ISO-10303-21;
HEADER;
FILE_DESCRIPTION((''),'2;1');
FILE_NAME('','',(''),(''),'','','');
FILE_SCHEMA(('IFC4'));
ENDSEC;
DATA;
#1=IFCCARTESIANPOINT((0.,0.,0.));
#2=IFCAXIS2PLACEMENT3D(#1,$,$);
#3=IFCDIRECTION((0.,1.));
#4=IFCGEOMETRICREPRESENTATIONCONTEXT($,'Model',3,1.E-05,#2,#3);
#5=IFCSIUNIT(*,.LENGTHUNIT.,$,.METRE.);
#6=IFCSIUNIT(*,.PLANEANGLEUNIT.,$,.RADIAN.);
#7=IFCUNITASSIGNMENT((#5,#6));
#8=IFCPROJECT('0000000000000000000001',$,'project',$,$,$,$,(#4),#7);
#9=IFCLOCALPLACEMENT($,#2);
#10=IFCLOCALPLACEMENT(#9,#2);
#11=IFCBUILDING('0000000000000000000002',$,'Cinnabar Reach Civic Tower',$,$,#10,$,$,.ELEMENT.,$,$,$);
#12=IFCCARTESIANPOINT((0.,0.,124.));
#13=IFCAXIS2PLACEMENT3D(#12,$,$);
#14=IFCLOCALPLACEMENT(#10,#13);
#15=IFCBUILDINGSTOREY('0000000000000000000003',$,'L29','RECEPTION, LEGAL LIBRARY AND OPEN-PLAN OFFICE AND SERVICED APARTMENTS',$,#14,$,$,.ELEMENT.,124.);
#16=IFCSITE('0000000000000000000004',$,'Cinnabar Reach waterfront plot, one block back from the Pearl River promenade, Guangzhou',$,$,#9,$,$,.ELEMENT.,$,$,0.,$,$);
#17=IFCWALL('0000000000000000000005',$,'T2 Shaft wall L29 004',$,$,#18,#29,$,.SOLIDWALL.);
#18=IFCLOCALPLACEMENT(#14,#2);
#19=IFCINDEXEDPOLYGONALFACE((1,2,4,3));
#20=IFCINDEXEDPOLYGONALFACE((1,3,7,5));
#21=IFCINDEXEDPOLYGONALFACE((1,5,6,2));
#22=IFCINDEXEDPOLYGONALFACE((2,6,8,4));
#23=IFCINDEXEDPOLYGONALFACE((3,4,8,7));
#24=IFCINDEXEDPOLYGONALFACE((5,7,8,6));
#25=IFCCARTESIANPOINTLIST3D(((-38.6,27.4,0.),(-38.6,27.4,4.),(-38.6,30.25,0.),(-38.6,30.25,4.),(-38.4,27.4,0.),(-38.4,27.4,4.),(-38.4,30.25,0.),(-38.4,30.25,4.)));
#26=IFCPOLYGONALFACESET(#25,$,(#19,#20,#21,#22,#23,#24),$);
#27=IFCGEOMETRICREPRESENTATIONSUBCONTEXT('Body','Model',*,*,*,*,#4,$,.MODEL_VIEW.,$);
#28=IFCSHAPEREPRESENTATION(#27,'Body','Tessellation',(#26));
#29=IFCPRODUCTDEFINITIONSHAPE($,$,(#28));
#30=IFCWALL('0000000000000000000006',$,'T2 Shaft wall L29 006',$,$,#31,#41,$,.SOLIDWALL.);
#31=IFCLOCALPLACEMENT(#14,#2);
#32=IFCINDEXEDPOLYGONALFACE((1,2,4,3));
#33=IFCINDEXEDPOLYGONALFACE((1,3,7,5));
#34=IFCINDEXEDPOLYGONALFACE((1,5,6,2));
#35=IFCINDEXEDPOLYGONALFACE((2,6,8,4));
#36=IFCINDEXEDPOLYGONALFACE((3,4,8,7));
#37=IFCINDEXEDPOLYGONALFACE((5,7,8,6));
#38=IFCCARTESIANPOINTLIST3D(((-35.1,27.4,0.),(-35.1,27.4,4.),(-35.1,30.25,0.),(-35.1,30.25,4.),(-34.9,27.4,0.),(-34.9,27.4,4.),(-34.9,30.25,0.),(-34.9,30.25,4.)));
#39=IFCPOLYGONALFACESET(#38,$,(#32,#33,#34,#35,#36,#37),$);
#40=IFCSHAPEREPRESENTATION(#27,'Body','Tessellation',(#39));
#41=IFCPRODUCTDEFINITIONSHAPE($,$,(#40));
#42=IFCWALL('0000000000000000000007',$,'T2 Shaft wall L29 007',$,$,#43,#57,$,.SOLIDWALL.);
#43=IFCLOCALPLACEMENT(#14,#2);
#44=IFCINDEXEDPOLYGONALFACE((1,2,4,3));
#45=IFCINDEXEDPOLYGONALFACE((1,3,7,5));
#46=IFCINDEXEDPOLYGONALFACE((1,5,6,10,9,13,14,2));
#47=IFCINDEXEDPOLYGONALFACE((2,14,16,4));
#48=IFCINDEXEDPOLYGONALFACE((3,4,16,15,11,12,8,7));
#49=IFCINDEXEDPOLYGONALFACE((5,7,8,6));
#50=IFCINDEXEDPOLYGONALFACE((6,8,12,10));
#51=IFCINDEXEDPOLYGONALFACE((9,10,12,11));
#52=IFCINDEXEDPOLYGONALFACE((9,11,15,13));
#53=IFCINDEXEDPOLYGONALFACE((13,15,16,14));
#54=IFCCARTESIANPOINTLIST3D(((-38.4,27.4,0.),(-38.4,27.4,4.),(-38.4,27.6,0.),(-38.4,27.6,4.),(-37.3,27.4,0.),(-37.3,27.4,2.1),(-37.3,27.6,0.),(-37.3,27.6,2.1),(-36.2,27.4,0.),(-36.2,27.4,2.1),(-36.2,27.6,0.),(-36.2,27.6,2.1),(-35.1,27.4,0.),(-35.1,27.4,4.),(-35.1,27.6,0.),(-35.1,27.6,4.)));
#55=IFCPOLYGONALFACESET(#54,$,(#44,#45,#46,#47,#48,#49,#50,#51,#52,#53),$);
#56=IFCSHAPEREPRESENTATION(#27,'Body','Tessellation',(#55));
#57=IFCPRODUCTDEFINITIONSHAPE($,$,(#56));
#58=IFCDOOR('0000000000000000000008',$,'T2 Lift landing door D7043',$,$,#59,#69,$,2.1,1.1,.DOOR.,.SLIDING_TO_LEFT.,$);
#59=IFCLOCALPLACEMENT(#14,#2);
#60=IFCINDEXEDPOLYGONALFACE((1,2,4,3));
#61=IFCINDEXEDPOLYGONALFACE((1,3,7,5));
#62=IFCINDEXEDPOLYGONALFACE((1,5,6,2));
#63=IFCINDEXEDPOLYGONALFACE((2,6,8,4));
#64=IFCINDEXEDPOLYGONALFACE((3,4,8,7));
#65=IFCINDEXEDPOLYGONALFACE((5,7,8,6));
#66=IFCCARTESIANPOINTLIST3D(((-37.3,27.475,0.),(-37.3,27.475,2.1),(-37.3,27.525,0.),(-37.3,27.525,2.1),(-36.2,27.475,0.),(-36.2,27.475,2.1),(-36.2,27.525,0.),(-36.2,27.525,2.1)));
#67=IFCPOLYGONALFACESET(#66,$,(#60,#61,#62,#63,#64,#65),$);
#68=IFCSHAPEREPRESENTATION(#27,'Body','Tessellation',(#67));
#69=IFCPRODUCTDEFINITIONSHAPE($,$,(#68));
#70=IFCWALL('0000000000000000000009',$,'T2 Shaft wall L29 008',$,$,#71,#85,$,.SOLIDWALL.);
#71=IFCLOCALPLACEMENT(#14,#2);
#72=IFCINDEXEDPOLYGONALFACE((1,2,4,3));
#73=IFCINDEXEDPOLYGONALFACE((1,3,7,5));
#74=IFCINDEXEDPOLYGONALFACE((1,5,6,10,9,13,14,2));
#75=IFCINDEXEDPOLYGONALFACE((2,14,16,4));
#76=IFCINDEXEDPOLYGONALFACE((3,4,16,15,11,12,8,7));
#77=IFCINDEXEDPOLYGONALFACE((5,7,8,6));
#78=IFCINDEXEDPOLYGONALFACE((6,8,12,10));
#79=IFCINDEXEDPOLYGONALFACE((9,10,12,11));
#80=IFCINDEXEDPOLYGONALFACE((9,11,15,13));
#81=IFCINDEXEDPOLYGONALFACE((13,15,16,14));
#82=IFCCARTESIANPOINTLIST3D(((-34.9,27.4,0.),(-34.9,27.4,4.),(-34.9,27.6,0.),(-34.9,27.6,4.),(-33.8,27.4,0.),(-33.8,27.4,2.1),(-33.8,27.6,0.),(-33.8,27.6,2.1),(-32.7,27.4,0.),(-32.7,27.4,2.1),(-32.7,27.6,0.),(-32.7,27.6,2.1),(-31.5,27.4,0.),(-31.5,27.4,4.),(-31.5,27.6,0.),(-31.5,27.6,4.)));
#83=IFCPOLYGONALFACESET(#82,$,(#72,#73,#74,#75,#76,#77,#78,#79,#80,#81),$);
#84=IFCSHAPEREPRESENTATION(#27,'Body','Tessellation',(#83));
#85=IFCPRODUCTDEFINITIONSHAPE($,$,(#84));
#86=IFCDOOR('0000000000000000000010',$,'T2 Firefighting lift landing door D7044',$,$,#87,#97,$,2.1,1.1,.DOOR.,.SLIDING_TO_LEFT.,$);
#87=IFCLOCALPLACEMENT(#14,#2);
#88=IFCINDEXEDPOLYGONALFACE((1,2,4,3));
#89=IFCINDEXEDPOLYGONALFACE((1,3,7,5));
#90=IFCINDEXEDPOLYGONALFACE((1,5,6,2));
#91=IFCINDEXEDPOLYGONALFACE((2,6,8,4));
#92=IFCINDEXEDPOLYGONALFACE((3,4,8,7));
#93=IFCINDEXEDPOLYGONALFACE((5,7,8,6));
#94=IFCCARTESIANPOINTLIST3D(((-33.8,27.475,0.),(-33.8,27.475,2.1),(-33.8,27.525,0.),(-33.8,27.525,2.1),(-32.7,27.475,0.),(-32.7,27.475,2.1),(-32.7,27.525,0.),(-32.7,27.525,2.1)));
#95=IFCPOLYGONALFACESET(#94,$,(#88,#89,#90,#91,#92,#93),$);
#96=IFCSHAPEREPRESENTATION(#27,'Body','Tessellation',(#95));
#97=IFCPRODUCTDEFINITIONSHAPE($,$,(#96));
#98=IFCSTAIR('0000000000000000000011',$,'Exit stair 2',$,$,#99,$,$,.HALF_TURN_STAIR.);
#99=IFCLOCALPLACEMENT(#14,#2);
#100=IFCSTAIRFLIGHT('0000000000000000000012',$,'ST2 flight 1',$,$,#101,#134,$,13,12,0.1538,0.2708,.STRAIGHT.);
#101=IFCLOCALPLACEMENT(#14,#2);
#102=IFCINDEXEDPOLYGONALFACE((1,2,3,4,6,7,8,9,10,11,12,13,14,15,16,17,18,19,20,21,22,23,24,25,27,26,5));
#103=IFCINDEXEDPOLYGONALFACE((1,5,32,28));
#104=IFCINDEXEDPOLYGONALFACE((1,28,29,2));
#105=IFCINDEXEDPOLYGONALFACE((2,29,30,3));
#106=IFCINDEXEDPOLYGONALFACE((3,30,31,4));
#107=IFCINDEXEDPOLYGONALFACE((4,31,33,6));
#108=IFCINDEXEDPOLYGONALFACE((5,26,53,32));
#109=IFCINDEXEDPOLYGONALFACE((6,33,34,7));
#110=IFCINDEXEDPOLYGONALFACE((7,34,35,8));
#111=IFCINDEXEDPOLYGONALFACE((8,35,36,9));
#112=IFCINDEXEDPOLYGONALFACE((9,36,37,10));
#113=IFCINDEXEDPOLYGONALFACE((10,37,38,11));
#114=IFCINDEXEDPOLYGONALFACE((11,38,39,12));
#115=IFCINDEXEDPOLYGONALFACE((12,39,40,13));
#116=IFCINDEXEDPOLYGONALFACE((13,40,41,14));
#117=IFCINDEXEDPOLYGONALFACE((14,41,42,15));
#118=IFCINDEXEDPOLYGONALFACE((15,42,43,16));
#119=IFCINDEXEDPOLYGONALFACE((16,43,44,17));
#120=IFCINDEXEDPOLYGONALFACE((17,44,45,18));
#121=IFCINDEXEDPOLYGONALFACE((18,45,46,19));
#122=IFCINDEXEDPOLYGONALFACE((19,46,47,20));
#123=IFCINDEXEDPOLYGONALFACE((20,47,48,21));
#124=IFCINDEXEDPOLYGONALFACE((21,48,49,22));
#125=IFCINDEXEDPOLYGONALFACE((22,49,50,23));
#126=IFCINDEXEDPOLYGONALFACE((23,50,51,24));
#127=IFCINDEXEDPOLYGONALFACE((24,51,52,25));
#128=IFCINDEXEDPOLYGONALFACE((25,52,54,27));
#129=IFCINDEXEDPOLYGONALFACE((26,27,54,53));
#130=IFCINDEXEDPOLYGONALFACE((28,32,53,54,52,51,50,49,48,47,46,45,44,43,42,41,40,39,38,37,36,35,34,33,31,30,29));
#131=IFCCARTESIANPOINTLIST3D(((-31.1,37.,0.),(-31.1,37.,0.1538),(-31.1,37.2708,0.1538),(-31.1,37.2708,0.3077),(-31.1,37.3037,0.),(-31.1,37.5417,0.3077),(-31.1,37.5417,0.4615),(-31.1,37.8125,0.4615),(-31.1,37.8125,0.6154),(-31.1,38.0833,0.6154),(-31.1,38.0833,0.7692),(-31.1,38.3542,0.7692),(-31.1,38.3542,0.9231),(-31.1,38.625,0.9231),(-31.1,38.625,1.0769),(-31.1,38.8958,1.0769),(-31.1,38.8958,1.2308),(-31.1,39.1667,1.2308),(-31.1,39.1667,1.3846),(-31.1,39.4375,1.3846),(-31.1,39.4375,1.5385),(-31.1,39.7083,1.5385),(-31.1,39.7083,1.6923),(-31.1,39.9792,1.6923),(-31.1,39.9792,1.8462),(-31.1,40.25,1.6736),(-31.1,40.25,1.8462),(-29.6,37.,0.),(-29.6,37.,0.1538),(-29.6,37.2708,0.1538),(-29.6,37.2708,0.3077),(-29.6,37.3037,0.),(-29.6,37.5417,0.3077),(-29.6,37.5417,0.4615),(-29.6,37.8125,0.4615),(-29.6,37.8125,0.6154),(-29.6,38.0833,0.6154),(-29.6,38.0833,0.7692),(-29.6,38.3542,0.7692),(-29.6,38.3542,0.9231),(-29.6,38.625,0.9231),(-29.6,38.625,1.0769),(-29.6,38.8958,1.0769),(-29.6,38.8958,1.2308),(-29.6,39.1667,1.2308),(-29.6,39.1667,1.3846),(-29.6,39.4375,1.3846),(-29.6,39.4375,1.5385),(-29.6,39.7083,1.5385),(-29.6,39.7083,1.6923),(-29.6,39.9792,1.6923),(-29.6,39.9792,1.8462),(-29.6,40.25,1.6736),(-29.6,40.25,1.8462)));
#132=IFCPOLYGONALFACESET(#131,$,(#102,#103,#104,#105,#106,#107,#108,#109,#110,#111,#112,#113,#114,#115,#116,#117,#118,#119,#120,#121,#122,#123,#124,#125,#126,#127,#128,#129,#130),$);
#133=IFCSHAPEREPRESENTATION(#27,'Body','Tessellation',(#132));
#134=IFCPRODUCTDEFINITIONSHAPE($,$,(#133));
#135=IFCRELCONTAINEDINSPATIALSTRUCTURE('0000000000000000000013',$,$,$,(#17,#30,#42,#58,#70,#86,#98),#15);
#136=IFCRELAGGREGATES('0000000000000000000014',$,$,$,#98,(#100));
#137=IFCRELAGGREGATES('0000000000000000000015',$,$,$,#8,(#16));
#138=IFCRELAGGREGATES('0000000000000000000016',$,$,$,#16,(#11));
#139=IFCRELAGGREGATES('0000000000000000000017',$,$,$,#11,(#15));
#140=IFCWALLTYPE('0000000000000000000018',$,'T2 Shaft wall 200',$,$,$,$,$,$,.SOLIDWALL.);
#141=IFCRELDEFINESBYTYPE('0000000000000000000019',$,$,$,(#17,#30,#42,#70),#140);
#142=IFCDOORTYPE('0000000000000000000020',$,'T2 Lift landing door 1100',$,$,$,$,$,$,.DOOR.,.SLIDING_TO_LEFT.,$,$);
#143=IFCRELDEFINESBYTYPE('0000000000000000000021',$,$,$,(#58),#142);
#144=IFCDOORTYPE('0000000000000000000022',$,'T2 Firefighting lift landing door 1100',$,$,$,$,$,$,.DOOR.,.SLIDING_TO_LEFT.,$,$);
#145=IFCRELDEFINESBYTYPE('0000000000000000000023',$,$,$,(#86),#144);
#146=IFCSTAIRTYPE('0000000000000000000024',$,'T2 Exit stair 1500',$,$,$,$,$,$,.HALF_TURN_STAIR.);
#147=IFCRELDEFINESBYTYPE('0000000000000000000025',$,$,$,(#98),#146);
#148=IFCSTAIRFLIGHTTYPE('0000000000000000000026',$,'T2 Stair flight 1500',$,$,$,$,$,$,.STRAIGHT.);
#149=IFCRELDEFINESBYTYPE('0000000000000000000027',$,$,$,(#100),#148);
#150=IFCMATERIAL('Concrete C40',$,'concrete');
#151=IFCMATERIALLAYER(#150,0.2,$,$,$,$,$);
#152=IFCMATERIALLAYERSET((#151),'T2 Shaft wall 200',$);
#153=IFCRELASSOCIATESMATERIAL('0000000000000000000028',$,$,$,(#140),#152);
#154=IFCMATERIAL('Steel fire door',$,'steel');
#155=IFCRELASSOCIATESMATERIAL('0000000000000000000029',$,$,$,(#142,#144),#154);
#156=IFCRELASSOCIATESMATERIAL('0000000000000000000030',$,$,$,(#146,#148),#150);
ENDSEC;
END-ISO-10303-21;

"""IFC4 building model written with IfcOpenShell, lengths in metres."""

from ifc_helpers import new_model, si_unit, direction, frame, frame_2d, origin, place, context, subcontext, project, spatial, polyline, rectangle, outline, extrude, material, layer, layer_set, type_object, element, fill, aggregate, save


model = new_model("IFC4")

# Units and contexts
model_context = context("Model", 3, precision=1e-05, world=origin(), true_north=direction((0.0, 1.0)))
body_context = subcontext(model_context, "Body", "Model", "MODEL_VIEW")
ifc_project = project(units=[si_unit("LENGTHUNIT", "METRE"), si_unit("PLANEANGLEUNIT", "RADIAN")], contexts=[model_context])

# Site, building, storey
site_placement = place(None, origin())
site = spatial("IfcSite", under=ifc_project, at=site_placement, Name="Cinnabar Reach waterfront plot, one block back from the Pearl River promenade, Guangzhou", CompositionType="ELEMENT", RefElevation=0.0)
building_placement = place(site_placement, origin())
building = spatial("IfcBuilding", under=site, at=building_placement, Name="Cinnabar Reach Civic Tower", CompositionType="ELEMENT")
storey_placement = place(building_placement, frame((0.0, 0.0, 124.0)))
storey = spatial("IfcBuildingStorey", under=building, at=storey_placement, Name="L29", Description="RECEPTION, LEGAL LIBRARY AND OPEN-PLAN OFFICE AND SERVICED APARTMENTS", CompositionType="ELEMENT", Elevation=124.0)

# Shared definitions
ifc_material_1 = material(Name="Steel fire door", Category="steel")

# Walls
ifc_material_2 = material(Name="Concrete C40", Category="concrete")
ifc_layer_1 = layer(ifc_material_2, 0.2)
ifc_layer_set_1 = layer_set([ifc_layer_1], Name="T2 Shaft wall 200")
wall_type_1 = type_object("IfcWallType", Name="T2 Shaft wall 200", PredefinedType="SOLIDWALL", material=ifc_layer_set_1)
for number, where, z_axis, x_axis, name in (
    (1, (-38.5, 27.4, 0.0), (0.0, 0.0, 1.0), (0.0, 1.0, 0.0), "T2 Shaft wall L29 004"),
    (2, (-35.0, 27.4, 0.0), (0.0, 0.0, 1.0), (0.0, 1.0, 0.0), "T2 Shaft wall L29 006"),
):
    element("IfcWall", number, at=place(storey_placement, frame(where, z_axis=z_axis, x_axis=x_axis)), inside=storey, type_object=wall_type_1, Name=name, PredefinedType="SOLIDWALL", context=body_context, shape_type="SweptSolid", body=[
        extrude(rectangle(XDim=2.85, YDim=0.2, at=frame_2d((1.425, 0.0))), origin(), (0.0, 0.0, 1.0), 4.0),
    ])

# Walls, openings, doors
wall_1_placement = place(storey_placement, frame((-38.4, 27.5, 0.0), z_axis=(0.0, 0.0, 1.0), x_axis=(1.0, 0.0, 0.0)))
wall_1 = element("IfcWall", 3, at=wall_1_placement, inside=storey, type_object=wall_type_1, Name="T2 Shaft wall L29 007", PredefinedType="SOLIDWALL", context=body_context, shape_type="SweptSolid", body=[
    extrude(rectangle(XDim=3.3, YDim=0.2, at=frame_2d((1.65, 0.0))), origin(), (0.0, 0.0, 1.0), 4.0),
])
opening_1_placement = place(wall_1_placement, frame((1.1, 0.0, 0.0)))
opening_1 = element("IfcOpeningElement", 4, at=opening_1_placement, cuts=wall_1, PredefinedType="OPENING", context=body_context, shape_type="SweptSolid", body=[
    extrude(rectangle(XDim=1.1, YDim=2.1, at=frame_2d((0.55, 1.05))), frame((0.0, 0.11, 0.0), z_axis=(0.0, -1.0, 0.0), x_axis=(1.0, 0.0, 0.0)), (0.0, 0.0, 1.0), 0.22),
])
door_type_1 = type_object("IfcDoorType", Name="T2 Lift landing door 1100", OperationType="SLIDING_TO_LEFT", PredefinedType="DOOR", material=ifc_material_1)
door_1_placement = place(opening_1_placement, origin())
door_1 = element("IfcDoor", 5, at=door_1_placement, inside=storey, type_object=door_type_1, Name="T2 Lift landing door D7043", OperationType="SLIDING_TO_LEFT", OverallHeight=2.1, OverallWidth=1.1, PredefinedType="DOOR", context=body_context, shape_type="SweptSolid", body=[
    extrude(rectangle(XDim=1.1, YDim=2.1, at=frame_2d((0.55, 1.05))), frame((0.0, 0.025, 0.0), z_axis=(0.0, -1.0, 0.0), x_axis=(1.0, 0.0, 0.0)), (0.0, 0.0, 1.0), 0.05),
])
fill(opening_1, door_1)
wall_2_placement = place(storey_placement, frame((-34.9, 27.5, 0.0), z_axis=(0.0, 0.0, 1.0), x_axis=(1.0, 0.0, 0.0)))
wall_2 = element("IfcWall", 6, at=wall_2_placement, inside=storey, type_object=wall_type_1, Name="T2 Shaft wall L29 008", PredefinedType="SOLIDWALL", context=body_context, shape_type="SweptSolid", body=[
    extrude(rectangle(XDim=3.4, YDim=0.2, at=frame_2d((1.7, 0.0))), origin(), (0.0, 0.0, 1.0), 4.0),
])
opening_2_placement = place(wall_2_placement, frame((1.1, 0.0, 0.0)))
opening_2 = element("IfcOpeningElement", 7, at=opening_2_placement, cuts=wall_2, PredefinedType="OPENING", context=body_context, shape_type="SweptSolid", body=[
    extrude(rectangle(XDim=1.1, YDim=2.1, at=frame_2d((0.55, 1.05))), frame((0.0, 0.11, 0.0), z_axis=(0.0, -1.0, 0.0), x_axis=(1.0, 0.0, 0.0)), (0.0, 0.0, 1.0), 0.22),
])
door_type_2 = type_object("IfcDoorType", Name="T2 Firefighting lift landing door 1100", OperationType="SLIDING_TO_LEFT", PredefinedType="DOOR", material=ifc_material_1)
door_2_placement = place(opening_2_placement, origin())
door_2 = element("IfcDoor", 8, at=door_2_placement, inside=storey, type_object=door_type_2, Name="T2 Firefighting lift landing door D7044", OperationType="SLIDING_TO_LEFT", OverallHeight=2.1, OverallWidth=1.1, PredefinedType="DOOR", context=body_context, shape_type="SweptSolid", body=[
    extrude(rectangle(XDim=1.1, YDim=2.1, at=frame_2d((0.55, 1.05))), frame((0.0, 0.025, 0.0), z_axis=(0.0, -1.0, 0.0), x_axis=(1.0, 0.0, 0.0)), (0.0, 0.0, 1.0), 0.05),
])
fill(opening_2, door_2)

# Stair, stair flight
stair_type = type_object("IfcStairType", Name="T2 Exit stair 1500", PredefinedType="HALF_TURN_STAIR", material=ifc_material_2)
stair_placement = place(storey_placement, origin())
stair = element("IfcStair", 9, at=stair_placement, inside=storey, type_object=stair_type, Name="Exit stair 2", PredefinedType="HALF_TURN_STAIR")
stair_flight_type = type_object("IfcStairFlightType", Name="T2 Stair flight 1500", PredefinedType="STRAIGHT", material=ifc_material_2)
stair_flight_placement = place(storey_placement, frame((-30.35, 37.0, 0.0), z_axis=(0.0, 0.0, 1.0), x_axis=(0.0, 1.0, 0.0)))
stair_flight = element("IfcStairFlight", 10, at=stair_flight_placement, type_object=stair_flight_type, Name="ST2 flight 1", NumberOfRisers=13, NumberOfTreads=12, PredefinedType="STRAIGHT", RiserHeight=0.1538, TreadLength=0.2708, context=body_context, shape_type="SweptSolid", body=[
    extrude(outline(polyline([(0.0, 0.0), (0.0, 0.1538), (0.2708, 0.1538), (0.2708, 0.3077), (0.5417, 0.3077), (0.5417, 0.4615), (0.8125, 0.4615), (0.8125, 0.6154), (1.0833, 0.6154), (1.0833, 0.7692), (1.3542, 0.7692), (1.3542, 0.9231), (1.625, 0.9231), (1.625, 1.0769), (1.8958, 1.0769), (1.8958, 1.2308), (2.1667, 1.2308), (2.1667, 1.3846), (2.4375, 1.3846), (2.4375, 1.5385), (2.7083, 1.5385), (2.7083, 1.6923), (2.9792, 1.6923), (2.9792, 1.8462), (3.25, 1.8462), (3.25, 2.0), (3.25, 1.6736), (0.3037, 0.0), (0.0, 0.0)])), frame((0.0, 0.75, 0.0), z_axis=(0.0, -1.0, 0.0), x_axis=(1.0, 0.0, 0.0)), (0.0, 0.0, 1.0), 1.5),
])
aggregate(stair, [stair_flight])

save(model, "model.ifc")
